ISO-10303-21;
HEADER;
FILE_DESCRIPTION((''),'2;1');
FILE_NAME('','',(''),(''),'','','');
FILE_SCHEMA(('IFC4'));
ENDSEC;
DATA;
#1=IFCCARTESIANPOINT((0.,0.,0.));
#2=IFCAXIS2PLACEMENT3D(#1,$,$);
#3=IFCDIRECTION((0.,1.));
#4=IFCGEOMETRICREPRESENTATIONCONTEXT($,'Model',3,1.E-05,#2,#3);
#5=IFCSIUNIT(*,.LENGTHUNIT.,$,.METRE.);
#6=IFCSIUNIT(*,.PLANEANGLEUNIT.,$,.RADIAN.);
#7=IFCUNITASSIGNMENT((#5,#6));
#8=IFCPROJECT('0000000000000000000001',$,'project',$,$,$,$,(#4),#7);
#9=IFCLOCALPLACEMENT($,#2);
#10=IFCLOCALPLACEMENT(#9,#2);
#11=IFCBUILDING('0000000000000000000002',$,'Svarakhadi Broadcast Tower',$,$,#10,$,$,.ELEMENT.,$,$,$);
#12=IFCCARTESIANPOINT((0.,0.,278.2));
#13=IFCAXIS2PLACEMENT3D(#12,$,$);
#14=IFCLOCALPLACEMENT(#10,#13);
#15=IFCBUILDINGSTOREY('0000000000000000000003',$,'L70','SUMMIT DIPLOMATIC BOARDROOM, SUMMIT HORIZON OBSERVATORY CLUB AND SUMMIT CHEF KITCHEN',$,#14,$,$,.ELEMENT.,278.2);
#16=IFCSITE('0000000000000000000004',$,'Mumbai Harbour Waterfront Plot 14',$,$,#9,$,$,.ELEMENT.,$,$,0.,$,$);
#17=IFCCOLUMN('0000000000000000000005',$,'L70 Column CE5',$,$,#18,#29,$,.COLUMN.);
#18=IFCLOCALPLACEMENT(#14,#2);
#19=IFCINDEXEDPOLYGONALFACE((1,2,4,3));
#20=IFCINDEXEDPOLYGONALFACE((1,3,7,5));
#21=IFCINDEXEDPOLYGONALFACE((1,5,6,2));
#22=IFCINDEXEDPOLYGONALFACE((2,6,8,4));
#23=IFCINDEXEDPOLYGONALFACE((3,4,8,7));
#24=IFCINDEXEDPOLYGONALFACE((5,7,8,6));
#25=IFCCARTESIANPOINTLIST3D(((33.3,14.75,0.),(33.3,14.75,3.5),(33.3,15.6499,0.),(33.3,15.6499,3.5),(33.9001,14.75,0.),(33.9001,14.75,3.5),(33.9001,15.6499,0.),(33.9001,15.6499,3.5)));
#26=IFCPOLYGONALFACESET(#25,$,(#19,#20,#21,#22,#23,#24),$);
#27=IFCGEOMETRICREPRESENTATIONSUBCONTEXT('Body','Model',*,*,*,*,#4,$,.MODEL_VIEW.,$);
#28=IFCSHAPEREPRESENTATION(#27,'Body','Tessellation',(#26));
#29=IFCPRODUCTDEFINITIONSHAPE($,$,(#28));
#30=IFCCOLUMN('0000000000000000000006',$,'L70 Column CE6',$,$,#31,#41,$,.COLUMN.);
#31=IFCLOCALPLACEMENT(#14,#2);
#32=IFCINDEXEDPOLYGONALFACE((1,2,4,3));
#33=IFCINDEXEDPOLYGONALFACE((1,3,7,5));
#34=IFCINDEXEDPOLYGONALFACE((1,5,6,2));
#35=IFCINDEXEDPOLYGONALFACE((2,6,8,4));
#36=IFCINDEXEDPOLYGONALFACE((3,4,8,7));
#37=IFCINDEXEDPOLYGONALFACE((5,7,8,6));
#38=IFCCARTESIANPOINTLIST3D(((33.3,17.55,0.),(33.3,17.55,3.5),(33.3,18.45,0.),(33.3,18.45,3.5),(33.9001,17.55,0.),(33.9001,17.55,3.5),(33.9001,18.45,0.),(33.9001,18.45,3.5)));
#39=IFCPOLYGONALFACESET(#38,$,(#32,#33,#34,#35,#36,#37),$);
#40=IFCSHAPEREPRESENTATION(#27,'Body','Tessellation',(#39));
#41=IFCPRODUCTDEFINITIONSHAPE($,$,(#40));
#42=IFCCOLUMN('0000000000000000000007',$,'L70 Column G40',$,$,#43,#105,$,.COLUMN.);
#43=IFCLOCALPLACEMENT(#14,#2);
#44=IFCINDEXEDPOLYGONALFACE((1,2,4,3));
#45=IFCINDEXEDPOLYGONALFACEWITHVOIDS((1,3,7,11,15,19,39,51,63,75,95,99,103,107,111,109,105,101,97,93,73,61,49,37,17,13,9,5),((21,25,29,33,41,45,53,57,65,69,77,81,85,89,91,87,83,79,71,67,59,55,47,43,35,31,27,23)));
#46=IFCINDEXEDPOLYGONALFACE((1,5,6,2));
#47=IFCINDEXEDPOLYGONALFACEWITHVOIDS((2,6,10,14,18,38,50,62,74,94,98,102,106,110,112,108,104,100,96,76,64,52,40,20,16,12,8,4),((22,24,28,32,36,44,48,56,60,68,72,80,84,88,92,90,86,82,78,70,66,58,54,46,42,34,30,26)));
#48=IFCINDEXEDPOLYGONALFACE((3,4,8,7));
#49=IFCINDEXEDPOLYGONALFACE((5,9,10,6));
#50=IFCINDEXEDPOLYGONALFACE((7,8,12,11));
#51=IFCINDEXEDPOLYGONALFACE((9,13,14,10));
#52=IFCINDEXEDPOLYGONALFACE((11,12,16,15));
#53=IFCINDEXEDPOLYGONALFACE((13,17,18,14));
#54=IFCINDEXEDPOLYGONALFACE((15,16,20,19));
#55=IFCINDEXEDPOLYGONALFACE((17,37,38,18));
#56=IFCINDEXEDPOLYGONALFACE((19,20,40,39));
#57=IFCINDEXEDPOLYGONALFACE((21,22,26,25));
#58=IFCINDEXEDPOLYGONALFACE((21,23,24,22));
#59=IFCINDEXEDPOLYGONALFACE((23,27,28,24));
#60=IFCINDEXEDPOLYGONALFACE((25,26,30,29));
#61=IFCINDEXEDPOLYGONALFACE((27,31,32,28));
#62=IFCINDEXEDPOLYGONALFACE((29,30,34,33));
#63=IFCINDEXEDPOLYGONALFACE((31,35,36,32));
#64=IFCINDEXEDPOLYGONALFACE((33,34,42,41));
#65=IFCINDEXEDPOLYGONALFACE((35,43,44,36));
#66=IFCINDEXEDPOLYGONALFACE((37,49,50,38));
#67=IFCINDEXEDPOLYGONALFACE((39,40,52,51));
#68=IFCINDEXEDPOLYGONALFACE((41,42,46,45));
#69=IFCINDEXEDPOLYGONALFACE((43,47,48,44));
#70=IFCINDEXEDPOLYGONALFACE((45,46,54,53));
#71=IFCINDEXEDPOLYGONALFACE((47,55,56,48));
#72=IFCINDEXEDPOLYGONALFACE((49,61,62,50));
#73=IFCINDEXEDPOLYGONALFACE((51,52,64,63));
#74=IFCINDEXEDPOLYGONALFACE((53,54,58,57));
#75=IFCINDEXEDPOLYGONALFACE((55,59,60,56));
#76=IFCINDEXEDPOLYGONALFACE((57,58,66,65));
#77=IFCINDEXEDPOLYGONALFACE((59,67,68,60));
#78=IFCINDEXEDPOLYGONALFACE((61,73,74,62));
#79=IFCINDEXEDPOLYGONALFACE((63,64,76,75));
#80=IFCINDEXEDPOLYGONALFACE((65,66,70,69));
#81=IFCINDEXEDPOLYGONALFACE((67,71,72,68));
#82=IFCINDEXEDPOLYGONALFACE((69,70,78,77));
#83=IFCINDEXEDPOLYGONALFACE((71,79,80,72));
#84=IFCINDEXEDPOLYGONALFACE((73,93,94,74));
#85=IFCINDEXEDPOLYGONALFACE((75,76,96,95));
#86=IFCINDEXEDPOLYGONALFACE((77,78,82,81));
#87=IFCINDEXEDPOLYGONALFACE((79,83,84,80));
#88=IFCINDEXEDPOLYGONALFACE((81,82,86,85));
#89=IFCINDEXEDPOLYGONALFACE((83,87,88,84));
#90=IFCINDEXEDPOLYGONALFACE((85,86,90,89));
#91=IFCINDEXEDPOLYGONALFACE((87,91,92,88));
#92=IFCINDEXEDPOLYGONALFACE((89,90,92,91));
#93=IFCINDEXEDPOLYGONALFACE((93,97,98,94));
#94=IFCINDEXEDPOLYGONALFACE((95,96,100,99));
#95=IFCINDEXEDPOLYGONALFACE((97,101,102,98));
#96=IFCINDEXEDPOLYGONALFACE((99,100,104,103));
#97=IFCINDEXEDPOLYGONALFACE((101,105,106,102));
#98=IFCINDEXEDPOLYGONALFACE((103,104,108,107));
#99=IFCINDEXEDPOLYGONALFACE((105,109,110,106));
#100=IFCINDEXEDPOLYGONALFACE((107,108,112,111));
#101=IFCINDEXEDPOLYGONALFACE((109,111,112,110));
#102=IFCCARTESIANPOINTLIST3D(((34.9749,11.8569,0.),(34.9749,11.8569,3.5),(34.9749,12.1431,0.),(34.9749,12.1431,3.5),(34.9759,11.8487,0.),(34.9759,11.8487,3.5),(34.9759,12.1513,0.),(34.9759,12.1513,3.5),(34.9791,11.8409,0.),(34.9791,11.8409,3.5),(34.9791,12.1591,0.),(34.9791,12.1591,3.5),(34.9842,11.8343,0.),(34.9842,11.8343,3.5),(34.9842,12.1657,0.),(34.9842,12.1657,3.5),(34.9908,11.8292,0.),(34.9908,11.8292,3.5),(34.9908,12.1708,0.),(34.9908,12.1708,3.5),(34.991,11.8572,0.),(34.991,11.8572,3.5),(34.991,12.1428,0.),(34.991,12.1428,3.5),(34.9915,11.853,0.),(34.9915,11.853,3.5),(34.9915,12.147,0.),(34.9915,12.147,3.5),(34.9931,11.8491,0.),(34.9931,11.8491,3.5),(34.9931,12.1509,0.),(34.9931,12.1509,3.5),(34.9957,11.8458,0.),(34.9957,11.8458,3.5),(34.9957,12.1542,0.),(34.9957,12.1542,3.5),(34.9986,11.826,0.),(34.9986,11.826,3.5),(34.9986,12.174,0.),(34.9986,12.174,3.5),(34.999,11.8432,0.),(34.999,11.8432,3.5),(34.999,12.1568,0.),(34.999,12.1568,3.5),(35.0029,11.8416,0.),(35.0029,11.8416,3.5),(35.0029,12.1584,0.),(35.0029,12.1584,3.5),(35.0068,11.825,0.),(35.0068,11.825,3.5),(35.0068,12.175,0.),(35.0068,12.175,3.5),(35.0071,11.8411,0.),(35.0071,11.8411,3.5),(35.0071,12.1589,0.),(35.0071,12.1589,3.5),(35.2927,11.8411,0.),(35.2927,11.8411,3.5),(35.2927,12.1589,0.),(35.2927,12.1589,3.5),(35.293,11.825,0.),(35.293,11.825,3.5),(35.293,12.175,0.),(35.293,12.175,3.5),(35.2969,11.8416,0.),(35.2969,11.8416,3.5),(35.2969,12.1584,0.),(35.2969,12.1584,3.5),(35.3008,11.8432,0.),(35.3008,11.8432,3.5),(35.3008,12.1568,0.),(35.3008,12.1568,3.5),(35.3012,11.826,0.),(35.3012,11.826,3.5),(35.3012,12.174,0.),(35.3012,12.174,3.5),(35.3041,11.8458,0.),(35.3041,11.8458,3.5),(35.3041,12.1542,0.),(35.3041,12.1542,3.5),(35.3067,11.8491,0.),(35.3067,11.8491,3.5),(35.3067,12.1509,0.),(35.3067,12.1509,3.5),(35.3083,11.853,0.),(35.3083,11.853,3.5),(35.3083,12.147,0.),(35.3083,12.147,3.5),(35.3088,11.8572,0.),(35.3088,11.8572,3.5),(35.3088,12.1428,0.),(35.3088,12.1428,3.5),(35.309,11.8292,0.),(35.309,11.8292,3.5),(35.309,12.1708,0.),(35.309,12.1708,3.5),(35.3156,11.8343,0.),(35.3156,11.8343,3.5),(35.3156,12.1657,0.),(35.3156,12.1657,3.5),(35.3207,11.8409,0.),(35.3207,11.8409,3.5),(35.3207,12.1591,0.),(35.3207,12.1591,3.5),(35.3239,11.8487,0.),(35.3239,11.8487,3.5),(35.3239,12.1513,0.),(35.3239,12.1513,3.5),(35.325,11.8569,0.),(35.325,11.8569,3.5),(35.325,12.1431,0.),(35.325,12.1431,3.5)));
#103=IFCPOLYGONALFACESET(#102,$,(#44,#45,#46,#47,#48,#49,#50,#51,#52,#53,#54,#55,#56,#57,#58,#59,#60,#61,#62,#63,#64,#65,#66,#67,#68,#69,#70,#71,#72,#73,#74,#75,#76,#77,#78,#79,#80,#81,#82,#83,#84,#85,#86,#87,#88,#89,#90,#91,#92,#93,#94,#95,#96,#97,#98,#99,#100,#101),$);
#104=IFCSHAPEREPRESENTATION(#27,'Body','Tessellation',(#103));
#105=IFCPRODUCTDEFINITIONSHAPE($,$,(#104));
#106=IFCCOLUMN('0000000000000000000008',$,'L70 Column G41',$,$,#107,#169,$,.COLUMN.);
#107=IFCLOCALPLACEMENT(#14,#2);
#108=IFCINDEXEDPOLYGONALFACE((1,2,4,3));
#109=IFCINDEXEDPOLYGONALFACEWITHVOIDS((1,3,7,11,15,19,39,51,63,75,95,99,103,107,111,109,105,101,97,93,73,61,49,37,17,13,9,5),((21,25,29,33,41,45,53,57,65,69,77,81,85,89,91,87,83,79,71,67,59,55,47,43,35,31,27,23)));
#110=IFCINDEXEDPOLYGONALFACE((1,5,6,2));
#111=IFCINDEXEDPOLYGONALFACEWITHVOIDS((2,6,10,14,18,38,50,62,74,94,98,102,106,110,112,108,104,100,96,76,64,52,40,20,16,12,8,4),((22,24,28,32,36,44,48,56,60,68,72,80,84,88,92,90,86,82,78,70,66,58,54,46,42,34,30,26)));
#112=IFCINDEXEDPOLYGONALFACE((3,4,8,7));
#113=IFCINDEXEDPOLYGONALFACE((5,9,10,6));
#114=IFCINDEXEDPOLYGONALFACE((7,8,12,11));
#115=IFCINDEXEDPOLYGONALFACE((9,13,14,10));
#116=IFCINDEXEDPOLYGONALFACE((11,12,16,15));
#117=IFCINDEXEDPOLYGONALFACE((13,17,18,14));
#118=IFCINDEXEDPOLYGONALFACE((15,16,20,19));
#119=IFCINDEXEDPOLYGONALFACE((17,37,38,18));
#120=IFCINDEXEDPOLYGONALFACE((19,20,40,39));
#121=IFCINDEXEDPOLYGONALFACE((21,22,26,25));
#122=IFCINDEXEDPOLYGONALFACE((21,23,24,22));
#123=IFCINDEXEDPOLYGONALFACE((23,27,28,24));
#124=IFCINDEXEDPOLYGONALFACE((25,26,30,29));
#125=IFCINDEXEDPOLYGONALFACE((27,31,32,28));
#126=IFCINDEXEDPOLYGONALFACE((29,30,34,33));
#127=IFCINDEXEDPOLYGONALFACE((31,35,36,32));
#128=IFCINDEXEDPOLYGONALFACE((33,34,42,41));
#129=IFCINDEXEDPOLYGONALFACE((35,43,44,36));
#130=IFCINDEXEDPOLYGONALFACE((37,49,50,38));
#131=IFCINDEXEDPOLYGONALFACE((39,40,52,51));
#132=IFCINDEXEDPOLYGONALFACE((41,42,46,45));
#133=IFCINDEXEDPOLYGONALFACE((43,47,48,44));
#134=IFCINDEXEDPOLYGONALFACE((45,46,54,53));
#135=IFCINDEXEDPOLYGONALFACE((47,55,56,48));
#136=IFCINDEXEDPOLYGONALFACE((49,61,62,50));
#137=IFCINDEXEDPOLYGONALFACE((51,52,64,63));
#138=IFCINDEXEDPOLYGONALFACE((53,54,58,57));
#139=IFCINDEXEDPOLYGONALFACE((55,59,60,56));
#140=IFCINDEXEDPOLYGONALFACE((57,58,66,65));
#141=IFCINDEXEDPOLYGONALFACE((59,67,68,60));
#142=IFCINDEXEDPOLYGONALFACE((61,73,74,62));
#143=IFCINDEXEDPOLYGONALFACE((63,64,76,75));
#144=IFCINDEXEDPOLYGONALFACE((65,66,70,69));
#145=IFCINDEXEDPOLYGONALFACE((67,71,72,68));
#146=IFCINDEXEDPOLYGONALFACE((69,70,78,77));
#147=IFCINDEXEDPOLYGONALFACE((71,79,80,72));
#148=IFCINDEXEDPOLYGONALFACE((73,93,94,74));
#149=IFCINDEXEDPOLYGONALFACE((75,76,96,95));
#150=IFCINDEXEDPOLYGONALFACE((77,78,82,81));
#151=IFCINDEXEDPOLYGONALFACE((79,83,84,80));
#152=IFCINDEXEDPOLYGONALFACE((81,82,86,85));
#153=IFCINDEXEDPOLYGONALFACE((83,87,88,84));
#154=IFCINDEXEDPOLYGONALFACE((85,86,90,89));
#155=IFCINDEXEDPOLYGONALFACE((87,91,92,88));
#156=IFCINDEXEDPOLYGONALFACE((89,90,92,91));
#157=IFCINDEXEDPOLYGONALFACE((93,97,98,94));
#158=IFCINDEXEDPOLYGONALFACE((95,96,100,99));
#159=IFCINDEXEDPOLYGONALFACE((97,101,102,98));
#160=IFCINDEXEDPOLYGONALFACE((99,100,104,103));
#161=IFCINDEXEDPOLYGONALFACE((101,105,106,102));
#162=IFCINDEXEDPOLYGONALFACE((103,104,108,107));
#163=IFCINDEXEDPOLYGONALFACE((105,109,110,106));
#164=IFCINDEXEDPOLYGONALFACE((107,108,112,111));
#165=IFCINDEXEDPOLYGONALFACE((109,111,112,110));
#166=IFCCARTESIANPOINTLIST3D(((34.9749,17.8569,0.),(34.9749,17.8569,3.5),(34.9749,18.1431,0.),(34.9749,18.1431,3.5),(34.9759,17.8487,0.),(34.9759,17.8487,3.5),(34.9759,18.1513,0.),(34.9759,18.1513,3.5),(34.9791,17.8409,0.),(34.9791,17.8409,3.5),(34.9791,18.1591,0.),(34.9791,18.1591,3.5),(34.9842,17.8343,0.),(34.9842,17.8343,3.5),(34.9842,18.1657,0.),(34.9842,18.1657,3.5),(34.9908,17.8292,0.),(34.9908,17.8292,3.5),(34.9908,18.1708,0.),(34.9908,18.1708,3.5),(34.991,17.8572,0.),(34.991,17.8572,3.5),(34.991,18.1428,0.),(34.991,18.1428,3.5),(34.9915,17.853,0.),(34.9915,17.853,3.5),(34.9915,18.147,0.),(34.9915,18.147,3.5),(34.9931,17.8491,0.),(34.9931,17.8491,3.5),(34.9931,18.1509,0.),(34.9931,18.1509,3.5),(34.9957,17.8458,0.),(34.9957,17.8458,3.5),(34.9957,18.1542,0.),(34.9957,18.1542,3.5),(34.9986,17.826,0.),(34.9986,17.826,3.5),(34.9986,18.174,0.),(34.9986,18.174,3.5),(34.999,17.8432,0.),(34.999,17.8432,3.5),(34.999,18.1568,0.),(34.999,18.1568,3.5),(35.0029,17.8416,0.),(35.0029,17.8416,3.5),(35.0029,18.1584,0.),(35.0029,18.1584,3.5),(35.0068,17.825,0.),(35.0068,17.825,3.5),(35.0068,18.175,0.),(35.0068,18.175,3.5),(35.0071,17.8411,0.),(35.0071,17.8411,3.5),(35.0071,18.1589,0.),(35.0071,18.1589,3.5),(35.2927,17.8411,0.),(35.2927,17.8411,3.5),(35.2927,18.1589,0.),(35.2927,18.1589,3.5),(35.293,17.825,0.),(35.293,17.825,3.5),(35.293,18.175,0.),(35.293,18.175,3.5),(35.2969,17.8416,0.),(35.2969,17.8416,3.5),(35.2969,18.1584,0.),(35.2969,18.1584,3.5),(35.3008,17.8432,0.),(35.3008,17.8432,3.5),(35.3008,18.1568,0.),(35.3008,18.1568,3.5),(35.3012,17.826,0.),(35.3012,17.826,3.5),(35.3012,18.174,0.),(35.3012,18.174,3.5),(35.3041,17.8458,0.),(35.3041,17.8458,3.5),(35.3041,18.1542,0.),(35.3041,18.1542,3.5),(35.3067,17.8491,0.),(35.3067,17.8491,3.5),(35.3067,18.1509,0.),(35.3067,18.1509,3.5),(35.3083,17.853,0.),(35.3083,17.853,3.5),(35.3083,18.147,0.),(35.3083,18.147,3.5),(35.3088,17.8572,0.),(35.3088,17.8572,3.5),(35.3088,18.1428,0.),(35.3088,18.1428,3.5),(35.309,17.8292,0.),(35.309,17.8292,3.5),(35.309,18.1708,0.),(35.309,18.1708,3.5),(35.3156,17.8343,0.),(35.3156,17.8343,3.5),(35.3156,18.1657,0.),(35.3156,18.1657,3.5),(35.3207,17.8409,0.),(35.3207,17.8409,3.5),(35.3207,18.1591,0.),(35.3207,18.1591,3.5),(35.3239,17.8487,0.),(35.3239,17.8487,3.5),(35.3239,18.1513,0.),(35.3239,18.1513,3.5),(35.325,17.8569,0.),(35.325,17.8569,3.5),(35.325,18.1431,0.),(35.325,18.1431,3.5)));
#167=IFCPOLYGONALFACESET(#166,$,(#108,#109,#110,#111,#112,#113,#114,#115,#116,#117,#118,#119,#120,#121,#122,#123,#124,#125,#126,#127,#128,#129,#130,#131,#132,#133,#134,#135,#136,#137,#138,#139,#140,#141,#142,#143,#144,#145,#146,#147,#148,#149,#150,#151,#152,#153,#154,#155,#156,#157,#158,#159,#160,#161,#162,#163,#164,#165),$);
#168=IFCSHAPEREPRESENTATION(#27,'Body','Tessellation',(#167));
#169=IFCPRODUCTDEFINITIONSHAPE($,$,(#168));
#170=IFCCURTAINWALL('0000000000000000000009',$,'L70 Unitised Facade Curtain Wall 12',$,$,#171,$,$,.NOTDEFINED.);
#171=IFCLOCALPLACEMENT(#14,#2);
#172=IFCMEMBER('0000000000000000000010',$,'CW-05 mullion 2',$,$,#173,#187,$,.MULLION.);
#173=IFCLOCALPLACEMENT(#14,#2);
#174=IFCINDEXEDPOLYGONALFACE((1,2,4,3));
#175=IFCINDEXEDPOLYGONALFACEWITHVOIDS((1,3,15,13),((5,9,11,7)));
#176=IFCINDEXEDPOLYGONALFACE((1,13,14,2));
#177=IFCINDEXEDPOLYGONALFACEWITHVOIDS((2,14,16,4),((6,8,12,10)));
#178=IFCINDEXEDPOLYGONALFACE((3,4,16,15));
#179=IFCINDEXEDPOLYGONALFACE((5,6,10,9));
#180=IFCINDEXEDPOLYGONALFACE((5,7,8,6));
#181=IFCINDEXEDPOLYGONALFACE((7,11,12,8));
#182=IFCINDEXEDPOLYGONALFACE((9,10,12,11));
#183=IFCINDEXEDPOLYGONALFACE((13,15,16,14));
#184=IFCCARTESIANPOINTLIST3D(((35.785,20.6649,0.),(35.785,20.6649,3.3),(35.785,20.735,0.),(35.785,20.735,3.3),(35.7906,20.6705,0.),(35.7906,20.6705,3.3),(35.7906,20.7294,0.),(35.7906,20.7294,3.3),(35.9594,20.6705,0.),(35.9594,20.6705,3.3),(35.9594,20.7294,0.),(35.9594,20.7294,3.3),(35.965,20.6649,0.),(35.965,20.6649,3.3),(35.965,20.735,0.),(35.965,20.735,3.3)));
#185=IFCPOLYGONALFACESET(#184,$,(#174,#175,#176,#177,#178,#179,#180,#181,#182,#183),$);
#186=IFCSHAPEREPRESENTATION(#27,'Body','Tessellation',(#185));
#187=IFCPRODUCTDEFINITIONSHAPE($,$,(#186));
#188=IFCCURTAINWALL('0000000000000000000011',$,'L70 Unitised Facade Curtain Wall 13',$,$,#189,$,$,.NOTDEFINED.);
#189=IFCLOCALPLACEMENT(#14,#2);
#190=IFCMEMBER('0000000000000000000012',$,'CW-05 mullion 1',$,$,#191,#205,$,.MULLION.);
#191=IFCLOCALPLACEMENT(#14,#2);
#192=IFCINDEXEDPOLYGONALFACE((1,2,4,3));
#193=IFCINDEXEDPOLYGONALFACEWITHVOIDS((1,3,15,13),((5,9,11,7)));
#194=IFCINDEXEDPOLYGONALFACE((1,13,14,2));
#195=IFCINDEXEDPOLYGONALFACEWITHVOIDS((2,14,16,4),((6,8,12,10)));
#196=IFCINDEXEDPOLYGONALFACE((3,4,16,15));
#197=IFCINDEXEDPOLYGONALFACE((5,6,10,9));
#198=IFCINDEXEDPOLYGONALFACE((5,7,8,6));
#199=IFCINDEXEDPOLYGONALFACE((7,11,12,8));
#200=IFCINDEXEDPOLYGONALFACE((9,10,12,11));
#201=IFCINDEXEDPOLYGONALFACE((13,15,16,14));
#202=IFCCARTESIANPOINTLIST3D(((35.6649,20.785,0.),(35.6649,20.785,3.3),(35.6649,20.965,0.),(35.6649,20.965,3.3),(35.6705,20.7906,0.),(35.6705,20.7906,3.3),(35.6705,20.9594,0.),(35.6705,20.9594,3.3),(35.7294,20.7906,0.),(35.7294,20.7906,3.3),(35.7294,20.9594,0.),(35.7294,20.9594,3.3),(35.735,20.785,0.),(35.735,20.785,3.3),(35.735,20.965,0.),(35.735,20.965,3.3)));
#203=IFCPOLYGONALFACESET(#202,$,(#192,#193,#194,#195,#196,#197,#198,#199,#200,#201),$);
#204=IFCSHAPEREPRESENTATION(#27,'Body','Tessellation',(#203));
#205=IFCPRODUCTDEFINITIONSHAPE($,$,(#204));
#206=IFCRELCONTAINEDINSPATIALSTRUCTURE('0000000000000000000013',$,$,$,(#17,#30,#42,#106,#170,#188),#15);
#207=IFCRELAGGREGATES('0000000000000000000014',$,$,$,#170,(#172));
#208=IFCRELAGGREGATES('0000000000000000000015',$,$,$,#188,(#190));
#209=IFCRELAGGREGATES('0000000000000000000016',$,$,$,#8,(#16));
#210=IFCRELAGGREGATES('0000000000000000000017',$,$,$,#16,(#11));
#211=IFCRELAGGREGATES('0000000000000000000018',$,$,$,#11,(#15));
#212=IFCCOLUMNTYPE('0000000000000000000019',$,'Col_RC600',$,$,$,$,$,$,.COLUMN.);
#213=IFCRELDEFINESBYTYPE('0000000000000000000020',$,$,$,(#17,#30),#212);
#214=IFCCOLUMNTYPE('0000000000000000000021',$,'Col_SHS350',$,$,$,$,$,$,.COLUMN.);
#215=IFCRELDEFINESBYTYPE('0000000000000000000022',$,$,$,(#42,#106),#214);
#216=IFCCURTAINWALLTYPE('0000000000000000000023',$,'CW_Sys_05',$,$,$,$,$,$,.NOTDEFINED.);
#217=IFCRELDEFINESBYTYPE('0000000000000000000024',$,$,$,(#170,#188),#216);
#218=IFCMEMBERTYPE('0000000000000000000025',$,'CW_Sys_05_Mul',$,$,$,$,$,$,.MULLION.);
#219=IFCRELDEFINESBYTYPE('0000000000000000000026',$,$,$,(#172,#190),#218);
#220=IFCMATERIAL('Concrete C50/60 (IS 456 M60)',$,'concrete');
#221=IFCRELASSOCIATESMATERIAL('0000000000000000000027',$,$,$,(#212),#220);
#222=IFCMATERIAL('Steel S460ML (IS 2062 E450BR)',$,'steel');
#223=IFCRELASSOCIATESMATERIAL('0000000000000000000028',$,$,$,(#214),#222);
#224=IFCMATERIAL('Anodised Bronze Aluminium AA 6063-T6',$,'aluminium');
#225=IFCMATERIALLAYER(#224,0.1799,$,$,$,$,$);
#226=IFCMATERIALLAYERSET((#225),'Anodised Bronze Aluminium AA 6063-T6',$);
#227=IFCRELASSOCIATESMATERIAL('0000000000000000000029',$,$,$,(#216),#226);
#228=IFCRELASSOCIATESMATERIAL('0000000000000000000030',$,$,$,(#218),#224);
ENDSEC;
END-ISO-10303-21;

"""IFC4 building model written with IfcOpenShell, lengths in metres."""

from ifc_helpers import new_model, si_unit, direction, frame, origin, origin_2d, place, context, subcontext, project, spatial, rectangle, hollow_rectangle, extrude, material, layer, layer_set, material_profile, profile_set, type_object, element, aggregate, save


model = new_model("IFC4")

# Units and contexts
model_context = context("Model", 3, precision=1e-05, world=origin(), true_north=direction((0.0, 1.0)))
body_context = subcontext(model_context, "Body", "Model", "MODEL_VIEW")
ifc_project = project(units=[si_unit("LENGTHUNIT", "METRE"), si_unit("PLANEANGLEUNIT", "RADIAN")], contexts=[model_context])

# Site, building, storey
site_placement = place(None, origin())
site = spatial("IfcSite", under=ifc_project, at=site_placement, Name="Mumbai Harbour Waterfront Plot 14", CompositionType="ELEMENT", RefElevation=0.0)
building_placement = place(site_placement, origin())
building = spatial("IfcBuilding", under=site, at=building_placement, Name="Svarakhadi Broadcast Tower", CompositionType="ELEMENT")
storey_placement = place(building_placement, frame((0.0, 0.0, 278.2)))
storey = spatial("IfcBuildingStorey", under=building, at=storey_placement, Name="L70", Description="SUMMIT DIPLOMATIC BOARDROOM, SUMMIT HORIZON OBSERVATORY CLUB AND SUMMIT CHEF KITCHEN", CompositionType="ELEMENT", Elevation=278.2)

# Columns
ifc_material_1 = material(Name="Concrete C50/60 (IS 456 M60)", Category="concrete")
ifc_material_profile_1 = material_profile(ifc_material_1, rectangle(XDim=0.6001, YDim=0.8999, at=origin_2d()), Name="RC 600x900")
ifc_profile_set_1 = profile_set([ifc_material_profile_1], Name="Concrete C50/60 (IS 456 M60)")
column_type_1 = type_object("IfcColumnType", Name="Col_RC600", PredefinedType="COLUMN", material=ifc_profile_set_1)
for number, where, z_axis, x_axis, name in (
    (1, (33.6001, 15.2, 0.0), (0.0, 0.0, 1.0), (1.0, 0.0, 0.0), "L70 Column CE5"),
    (2, (33.6001, 18.0, 0.0), (0.0, 0.0, 1.0), (1.0, 0.0, 0.0), "L70 Column CE6"),
):
    element("IfcColumn", number, at=place(storey_placement, frame(where, z_axis=z_axis, x_axis=x_axis)), inside=storey, type_object=column_type_1, Name=name, PredefinedType="COLUMN", context=body_context, shape_type="SweptSolid", body=[
        extrude(rectangle(XDim=0.6001, YDim=0.8999, at=origin_2d()), origin(), (0.0, 0.0, 1.0), 3.5),
    ])
ifc_material_2 = material(Name="Steel S460ML (IS 2062 E450BR)", Category="steel")
ifc_material_profile_2 = material_profile(ifc_material_2, hollow_rectangle(XDim=0.3501, YDim=0.3501, WallThickness=0.0161, InnerFilletRadius=0.0161, OuterFilletRadius=0.032, at=origin_2d()), Name="SHS 350x350x16")
ifc_profile_set_2 = profile_set([ifc_material_profile_2], Name="Steel S460ML (IS 2062 E450BR)")
column_type_2 = type_object("IfcColumnType", Name="Col_SHS350", PredefinedType="COLUMN", material=ifc_profile_set_2)
for number, where, z_axis, x_axis, name in (
    (3, (35.1499, 12.0, 0.0), (0.0, 0.0, 1.0), (1.0, 0.0, 0.0), "L70 Column G40"),
    (4, (35.1499, 18.0, 0.0), (0.0, 0.0, 1.0), (1.0, 0.0, 0.0), "L70 Column G41"),
):
    element("IfcColumn", number, at=place(storey_placement, frame(where, z_axis=z_axis, x_axis=x_axis)), inside=storey, type_object=column_type_2, Name=name, PredefinedType="COLUMN", context=body_context, shape_type="SweptSolid", body=[
        extrude(hollow_rectangle(XDim=0.3501, YDim=0.3501, WallThickness=0.0161, InnerFilletRadius=0.0161, OuterFilletRadius=0.032, at=origin_2d()), origin(), (0.0, 0.0, 1.0), 3.5),
    ])

# Curtain wall, member
ifc_material_3 = material(Name="Anodised Bronze Aluminium AA 6063-T6", Category="aluminium")
ifc_layer_1 = layer(ifc_material_3, 0.1799)
ifc_layer_set_1 = layer_set([ifc_layer_1], Name="Anodised Bronze Aluminium AA 6063-T6")
curtain_wall_type = type_object("IfcCurtainWallType", Name="CW_Sys_05", PredefinedType="NOTDEFINED", material=ifc_layer_set_1)
curtain_wall_1_placement = place(storey_placement, origin())
curtain_wall_1 = element("IfcCurtainWall", 5, at=curtain_wall_1_placement, inside=storey, type_object=curtain_wall_type, Name="L70 Unitised Facade Curtain Wall 12", PredefinedType="NOTDEFINED")
ifc_material_profile_3 = material_profile(ifc_material_3, hollow_rectangle(XDim=0.0701, YDim=0.1799, WallThickness=0.0056, at=origin_2d()), Name="ALU MULLION 180x70x6")
ifc_profile_set_3 = profile_set([ifc_material_profile_3], Name="Anodised Bronze Aluminium AA 6063-T6")
member_type_1 = type_object("IfcMemberType", Name="CW_Sys_05_Mul", PredefinedType="MULLION", material=ifc_profile_set_3)
member_1_placement = place(storey_placement, frame((35.875, 20.7, 0.0), z_axis=(0.0, 0.0, 1.0), x_axis=(0.0, 1.0, 0.0)))
member_1 = element("IfcMember", 6, at=member_1_placement, type_object=member_type_1, Name="CW-05 mullion 2", PredefinedType="MULLION", context=body_context, shape_type="SweptSolid", body=[
    extrude(hollow_rectangle(XDim=0.0701, YDim=0.1799, WallThickness=0.0056, at=origin_2d()), origin(), (0.0, 0.0, 1.0), 3.3),
])

# Curtain wall, member
curtain_wall_2_placement = place(storey_placement, origin())
curtain_wall_2 = element("IfcCurtainWall", 7, at=curtain_wall_2_placement, inside=storey, type_object=curtain_wall_type, Name="L70 Unitised Facade Curtain Wall 13", PredefinedType="NOTDEFINED")
member_2_placement = place(storey_placement, frame((35.7, 20.875, 0.0), z_axis=(0.0, 0.0, 1.0), x_axis=(1.0, 0.0, 0.0)))
member_2 = element("IfcMember", 8, at=member_2_placement, type_object=member_type_1, Name="CW-05 mullion 1", PredefinedType="MULLION", context=body_context, shape_type="SweptSolid", body=[
    extrude(hollow_rectangle(XDim=0.0701, YDim=0.1799, WallThickness=0.0056, at=origin_2d()), origin(), (0.0, 0.0, 1.0), 3.3),
])

aggregate(curtain_wall_1, [member_1])
aggregate(curtain_wall_2, [member_2])

save(model, "model.ifc")
